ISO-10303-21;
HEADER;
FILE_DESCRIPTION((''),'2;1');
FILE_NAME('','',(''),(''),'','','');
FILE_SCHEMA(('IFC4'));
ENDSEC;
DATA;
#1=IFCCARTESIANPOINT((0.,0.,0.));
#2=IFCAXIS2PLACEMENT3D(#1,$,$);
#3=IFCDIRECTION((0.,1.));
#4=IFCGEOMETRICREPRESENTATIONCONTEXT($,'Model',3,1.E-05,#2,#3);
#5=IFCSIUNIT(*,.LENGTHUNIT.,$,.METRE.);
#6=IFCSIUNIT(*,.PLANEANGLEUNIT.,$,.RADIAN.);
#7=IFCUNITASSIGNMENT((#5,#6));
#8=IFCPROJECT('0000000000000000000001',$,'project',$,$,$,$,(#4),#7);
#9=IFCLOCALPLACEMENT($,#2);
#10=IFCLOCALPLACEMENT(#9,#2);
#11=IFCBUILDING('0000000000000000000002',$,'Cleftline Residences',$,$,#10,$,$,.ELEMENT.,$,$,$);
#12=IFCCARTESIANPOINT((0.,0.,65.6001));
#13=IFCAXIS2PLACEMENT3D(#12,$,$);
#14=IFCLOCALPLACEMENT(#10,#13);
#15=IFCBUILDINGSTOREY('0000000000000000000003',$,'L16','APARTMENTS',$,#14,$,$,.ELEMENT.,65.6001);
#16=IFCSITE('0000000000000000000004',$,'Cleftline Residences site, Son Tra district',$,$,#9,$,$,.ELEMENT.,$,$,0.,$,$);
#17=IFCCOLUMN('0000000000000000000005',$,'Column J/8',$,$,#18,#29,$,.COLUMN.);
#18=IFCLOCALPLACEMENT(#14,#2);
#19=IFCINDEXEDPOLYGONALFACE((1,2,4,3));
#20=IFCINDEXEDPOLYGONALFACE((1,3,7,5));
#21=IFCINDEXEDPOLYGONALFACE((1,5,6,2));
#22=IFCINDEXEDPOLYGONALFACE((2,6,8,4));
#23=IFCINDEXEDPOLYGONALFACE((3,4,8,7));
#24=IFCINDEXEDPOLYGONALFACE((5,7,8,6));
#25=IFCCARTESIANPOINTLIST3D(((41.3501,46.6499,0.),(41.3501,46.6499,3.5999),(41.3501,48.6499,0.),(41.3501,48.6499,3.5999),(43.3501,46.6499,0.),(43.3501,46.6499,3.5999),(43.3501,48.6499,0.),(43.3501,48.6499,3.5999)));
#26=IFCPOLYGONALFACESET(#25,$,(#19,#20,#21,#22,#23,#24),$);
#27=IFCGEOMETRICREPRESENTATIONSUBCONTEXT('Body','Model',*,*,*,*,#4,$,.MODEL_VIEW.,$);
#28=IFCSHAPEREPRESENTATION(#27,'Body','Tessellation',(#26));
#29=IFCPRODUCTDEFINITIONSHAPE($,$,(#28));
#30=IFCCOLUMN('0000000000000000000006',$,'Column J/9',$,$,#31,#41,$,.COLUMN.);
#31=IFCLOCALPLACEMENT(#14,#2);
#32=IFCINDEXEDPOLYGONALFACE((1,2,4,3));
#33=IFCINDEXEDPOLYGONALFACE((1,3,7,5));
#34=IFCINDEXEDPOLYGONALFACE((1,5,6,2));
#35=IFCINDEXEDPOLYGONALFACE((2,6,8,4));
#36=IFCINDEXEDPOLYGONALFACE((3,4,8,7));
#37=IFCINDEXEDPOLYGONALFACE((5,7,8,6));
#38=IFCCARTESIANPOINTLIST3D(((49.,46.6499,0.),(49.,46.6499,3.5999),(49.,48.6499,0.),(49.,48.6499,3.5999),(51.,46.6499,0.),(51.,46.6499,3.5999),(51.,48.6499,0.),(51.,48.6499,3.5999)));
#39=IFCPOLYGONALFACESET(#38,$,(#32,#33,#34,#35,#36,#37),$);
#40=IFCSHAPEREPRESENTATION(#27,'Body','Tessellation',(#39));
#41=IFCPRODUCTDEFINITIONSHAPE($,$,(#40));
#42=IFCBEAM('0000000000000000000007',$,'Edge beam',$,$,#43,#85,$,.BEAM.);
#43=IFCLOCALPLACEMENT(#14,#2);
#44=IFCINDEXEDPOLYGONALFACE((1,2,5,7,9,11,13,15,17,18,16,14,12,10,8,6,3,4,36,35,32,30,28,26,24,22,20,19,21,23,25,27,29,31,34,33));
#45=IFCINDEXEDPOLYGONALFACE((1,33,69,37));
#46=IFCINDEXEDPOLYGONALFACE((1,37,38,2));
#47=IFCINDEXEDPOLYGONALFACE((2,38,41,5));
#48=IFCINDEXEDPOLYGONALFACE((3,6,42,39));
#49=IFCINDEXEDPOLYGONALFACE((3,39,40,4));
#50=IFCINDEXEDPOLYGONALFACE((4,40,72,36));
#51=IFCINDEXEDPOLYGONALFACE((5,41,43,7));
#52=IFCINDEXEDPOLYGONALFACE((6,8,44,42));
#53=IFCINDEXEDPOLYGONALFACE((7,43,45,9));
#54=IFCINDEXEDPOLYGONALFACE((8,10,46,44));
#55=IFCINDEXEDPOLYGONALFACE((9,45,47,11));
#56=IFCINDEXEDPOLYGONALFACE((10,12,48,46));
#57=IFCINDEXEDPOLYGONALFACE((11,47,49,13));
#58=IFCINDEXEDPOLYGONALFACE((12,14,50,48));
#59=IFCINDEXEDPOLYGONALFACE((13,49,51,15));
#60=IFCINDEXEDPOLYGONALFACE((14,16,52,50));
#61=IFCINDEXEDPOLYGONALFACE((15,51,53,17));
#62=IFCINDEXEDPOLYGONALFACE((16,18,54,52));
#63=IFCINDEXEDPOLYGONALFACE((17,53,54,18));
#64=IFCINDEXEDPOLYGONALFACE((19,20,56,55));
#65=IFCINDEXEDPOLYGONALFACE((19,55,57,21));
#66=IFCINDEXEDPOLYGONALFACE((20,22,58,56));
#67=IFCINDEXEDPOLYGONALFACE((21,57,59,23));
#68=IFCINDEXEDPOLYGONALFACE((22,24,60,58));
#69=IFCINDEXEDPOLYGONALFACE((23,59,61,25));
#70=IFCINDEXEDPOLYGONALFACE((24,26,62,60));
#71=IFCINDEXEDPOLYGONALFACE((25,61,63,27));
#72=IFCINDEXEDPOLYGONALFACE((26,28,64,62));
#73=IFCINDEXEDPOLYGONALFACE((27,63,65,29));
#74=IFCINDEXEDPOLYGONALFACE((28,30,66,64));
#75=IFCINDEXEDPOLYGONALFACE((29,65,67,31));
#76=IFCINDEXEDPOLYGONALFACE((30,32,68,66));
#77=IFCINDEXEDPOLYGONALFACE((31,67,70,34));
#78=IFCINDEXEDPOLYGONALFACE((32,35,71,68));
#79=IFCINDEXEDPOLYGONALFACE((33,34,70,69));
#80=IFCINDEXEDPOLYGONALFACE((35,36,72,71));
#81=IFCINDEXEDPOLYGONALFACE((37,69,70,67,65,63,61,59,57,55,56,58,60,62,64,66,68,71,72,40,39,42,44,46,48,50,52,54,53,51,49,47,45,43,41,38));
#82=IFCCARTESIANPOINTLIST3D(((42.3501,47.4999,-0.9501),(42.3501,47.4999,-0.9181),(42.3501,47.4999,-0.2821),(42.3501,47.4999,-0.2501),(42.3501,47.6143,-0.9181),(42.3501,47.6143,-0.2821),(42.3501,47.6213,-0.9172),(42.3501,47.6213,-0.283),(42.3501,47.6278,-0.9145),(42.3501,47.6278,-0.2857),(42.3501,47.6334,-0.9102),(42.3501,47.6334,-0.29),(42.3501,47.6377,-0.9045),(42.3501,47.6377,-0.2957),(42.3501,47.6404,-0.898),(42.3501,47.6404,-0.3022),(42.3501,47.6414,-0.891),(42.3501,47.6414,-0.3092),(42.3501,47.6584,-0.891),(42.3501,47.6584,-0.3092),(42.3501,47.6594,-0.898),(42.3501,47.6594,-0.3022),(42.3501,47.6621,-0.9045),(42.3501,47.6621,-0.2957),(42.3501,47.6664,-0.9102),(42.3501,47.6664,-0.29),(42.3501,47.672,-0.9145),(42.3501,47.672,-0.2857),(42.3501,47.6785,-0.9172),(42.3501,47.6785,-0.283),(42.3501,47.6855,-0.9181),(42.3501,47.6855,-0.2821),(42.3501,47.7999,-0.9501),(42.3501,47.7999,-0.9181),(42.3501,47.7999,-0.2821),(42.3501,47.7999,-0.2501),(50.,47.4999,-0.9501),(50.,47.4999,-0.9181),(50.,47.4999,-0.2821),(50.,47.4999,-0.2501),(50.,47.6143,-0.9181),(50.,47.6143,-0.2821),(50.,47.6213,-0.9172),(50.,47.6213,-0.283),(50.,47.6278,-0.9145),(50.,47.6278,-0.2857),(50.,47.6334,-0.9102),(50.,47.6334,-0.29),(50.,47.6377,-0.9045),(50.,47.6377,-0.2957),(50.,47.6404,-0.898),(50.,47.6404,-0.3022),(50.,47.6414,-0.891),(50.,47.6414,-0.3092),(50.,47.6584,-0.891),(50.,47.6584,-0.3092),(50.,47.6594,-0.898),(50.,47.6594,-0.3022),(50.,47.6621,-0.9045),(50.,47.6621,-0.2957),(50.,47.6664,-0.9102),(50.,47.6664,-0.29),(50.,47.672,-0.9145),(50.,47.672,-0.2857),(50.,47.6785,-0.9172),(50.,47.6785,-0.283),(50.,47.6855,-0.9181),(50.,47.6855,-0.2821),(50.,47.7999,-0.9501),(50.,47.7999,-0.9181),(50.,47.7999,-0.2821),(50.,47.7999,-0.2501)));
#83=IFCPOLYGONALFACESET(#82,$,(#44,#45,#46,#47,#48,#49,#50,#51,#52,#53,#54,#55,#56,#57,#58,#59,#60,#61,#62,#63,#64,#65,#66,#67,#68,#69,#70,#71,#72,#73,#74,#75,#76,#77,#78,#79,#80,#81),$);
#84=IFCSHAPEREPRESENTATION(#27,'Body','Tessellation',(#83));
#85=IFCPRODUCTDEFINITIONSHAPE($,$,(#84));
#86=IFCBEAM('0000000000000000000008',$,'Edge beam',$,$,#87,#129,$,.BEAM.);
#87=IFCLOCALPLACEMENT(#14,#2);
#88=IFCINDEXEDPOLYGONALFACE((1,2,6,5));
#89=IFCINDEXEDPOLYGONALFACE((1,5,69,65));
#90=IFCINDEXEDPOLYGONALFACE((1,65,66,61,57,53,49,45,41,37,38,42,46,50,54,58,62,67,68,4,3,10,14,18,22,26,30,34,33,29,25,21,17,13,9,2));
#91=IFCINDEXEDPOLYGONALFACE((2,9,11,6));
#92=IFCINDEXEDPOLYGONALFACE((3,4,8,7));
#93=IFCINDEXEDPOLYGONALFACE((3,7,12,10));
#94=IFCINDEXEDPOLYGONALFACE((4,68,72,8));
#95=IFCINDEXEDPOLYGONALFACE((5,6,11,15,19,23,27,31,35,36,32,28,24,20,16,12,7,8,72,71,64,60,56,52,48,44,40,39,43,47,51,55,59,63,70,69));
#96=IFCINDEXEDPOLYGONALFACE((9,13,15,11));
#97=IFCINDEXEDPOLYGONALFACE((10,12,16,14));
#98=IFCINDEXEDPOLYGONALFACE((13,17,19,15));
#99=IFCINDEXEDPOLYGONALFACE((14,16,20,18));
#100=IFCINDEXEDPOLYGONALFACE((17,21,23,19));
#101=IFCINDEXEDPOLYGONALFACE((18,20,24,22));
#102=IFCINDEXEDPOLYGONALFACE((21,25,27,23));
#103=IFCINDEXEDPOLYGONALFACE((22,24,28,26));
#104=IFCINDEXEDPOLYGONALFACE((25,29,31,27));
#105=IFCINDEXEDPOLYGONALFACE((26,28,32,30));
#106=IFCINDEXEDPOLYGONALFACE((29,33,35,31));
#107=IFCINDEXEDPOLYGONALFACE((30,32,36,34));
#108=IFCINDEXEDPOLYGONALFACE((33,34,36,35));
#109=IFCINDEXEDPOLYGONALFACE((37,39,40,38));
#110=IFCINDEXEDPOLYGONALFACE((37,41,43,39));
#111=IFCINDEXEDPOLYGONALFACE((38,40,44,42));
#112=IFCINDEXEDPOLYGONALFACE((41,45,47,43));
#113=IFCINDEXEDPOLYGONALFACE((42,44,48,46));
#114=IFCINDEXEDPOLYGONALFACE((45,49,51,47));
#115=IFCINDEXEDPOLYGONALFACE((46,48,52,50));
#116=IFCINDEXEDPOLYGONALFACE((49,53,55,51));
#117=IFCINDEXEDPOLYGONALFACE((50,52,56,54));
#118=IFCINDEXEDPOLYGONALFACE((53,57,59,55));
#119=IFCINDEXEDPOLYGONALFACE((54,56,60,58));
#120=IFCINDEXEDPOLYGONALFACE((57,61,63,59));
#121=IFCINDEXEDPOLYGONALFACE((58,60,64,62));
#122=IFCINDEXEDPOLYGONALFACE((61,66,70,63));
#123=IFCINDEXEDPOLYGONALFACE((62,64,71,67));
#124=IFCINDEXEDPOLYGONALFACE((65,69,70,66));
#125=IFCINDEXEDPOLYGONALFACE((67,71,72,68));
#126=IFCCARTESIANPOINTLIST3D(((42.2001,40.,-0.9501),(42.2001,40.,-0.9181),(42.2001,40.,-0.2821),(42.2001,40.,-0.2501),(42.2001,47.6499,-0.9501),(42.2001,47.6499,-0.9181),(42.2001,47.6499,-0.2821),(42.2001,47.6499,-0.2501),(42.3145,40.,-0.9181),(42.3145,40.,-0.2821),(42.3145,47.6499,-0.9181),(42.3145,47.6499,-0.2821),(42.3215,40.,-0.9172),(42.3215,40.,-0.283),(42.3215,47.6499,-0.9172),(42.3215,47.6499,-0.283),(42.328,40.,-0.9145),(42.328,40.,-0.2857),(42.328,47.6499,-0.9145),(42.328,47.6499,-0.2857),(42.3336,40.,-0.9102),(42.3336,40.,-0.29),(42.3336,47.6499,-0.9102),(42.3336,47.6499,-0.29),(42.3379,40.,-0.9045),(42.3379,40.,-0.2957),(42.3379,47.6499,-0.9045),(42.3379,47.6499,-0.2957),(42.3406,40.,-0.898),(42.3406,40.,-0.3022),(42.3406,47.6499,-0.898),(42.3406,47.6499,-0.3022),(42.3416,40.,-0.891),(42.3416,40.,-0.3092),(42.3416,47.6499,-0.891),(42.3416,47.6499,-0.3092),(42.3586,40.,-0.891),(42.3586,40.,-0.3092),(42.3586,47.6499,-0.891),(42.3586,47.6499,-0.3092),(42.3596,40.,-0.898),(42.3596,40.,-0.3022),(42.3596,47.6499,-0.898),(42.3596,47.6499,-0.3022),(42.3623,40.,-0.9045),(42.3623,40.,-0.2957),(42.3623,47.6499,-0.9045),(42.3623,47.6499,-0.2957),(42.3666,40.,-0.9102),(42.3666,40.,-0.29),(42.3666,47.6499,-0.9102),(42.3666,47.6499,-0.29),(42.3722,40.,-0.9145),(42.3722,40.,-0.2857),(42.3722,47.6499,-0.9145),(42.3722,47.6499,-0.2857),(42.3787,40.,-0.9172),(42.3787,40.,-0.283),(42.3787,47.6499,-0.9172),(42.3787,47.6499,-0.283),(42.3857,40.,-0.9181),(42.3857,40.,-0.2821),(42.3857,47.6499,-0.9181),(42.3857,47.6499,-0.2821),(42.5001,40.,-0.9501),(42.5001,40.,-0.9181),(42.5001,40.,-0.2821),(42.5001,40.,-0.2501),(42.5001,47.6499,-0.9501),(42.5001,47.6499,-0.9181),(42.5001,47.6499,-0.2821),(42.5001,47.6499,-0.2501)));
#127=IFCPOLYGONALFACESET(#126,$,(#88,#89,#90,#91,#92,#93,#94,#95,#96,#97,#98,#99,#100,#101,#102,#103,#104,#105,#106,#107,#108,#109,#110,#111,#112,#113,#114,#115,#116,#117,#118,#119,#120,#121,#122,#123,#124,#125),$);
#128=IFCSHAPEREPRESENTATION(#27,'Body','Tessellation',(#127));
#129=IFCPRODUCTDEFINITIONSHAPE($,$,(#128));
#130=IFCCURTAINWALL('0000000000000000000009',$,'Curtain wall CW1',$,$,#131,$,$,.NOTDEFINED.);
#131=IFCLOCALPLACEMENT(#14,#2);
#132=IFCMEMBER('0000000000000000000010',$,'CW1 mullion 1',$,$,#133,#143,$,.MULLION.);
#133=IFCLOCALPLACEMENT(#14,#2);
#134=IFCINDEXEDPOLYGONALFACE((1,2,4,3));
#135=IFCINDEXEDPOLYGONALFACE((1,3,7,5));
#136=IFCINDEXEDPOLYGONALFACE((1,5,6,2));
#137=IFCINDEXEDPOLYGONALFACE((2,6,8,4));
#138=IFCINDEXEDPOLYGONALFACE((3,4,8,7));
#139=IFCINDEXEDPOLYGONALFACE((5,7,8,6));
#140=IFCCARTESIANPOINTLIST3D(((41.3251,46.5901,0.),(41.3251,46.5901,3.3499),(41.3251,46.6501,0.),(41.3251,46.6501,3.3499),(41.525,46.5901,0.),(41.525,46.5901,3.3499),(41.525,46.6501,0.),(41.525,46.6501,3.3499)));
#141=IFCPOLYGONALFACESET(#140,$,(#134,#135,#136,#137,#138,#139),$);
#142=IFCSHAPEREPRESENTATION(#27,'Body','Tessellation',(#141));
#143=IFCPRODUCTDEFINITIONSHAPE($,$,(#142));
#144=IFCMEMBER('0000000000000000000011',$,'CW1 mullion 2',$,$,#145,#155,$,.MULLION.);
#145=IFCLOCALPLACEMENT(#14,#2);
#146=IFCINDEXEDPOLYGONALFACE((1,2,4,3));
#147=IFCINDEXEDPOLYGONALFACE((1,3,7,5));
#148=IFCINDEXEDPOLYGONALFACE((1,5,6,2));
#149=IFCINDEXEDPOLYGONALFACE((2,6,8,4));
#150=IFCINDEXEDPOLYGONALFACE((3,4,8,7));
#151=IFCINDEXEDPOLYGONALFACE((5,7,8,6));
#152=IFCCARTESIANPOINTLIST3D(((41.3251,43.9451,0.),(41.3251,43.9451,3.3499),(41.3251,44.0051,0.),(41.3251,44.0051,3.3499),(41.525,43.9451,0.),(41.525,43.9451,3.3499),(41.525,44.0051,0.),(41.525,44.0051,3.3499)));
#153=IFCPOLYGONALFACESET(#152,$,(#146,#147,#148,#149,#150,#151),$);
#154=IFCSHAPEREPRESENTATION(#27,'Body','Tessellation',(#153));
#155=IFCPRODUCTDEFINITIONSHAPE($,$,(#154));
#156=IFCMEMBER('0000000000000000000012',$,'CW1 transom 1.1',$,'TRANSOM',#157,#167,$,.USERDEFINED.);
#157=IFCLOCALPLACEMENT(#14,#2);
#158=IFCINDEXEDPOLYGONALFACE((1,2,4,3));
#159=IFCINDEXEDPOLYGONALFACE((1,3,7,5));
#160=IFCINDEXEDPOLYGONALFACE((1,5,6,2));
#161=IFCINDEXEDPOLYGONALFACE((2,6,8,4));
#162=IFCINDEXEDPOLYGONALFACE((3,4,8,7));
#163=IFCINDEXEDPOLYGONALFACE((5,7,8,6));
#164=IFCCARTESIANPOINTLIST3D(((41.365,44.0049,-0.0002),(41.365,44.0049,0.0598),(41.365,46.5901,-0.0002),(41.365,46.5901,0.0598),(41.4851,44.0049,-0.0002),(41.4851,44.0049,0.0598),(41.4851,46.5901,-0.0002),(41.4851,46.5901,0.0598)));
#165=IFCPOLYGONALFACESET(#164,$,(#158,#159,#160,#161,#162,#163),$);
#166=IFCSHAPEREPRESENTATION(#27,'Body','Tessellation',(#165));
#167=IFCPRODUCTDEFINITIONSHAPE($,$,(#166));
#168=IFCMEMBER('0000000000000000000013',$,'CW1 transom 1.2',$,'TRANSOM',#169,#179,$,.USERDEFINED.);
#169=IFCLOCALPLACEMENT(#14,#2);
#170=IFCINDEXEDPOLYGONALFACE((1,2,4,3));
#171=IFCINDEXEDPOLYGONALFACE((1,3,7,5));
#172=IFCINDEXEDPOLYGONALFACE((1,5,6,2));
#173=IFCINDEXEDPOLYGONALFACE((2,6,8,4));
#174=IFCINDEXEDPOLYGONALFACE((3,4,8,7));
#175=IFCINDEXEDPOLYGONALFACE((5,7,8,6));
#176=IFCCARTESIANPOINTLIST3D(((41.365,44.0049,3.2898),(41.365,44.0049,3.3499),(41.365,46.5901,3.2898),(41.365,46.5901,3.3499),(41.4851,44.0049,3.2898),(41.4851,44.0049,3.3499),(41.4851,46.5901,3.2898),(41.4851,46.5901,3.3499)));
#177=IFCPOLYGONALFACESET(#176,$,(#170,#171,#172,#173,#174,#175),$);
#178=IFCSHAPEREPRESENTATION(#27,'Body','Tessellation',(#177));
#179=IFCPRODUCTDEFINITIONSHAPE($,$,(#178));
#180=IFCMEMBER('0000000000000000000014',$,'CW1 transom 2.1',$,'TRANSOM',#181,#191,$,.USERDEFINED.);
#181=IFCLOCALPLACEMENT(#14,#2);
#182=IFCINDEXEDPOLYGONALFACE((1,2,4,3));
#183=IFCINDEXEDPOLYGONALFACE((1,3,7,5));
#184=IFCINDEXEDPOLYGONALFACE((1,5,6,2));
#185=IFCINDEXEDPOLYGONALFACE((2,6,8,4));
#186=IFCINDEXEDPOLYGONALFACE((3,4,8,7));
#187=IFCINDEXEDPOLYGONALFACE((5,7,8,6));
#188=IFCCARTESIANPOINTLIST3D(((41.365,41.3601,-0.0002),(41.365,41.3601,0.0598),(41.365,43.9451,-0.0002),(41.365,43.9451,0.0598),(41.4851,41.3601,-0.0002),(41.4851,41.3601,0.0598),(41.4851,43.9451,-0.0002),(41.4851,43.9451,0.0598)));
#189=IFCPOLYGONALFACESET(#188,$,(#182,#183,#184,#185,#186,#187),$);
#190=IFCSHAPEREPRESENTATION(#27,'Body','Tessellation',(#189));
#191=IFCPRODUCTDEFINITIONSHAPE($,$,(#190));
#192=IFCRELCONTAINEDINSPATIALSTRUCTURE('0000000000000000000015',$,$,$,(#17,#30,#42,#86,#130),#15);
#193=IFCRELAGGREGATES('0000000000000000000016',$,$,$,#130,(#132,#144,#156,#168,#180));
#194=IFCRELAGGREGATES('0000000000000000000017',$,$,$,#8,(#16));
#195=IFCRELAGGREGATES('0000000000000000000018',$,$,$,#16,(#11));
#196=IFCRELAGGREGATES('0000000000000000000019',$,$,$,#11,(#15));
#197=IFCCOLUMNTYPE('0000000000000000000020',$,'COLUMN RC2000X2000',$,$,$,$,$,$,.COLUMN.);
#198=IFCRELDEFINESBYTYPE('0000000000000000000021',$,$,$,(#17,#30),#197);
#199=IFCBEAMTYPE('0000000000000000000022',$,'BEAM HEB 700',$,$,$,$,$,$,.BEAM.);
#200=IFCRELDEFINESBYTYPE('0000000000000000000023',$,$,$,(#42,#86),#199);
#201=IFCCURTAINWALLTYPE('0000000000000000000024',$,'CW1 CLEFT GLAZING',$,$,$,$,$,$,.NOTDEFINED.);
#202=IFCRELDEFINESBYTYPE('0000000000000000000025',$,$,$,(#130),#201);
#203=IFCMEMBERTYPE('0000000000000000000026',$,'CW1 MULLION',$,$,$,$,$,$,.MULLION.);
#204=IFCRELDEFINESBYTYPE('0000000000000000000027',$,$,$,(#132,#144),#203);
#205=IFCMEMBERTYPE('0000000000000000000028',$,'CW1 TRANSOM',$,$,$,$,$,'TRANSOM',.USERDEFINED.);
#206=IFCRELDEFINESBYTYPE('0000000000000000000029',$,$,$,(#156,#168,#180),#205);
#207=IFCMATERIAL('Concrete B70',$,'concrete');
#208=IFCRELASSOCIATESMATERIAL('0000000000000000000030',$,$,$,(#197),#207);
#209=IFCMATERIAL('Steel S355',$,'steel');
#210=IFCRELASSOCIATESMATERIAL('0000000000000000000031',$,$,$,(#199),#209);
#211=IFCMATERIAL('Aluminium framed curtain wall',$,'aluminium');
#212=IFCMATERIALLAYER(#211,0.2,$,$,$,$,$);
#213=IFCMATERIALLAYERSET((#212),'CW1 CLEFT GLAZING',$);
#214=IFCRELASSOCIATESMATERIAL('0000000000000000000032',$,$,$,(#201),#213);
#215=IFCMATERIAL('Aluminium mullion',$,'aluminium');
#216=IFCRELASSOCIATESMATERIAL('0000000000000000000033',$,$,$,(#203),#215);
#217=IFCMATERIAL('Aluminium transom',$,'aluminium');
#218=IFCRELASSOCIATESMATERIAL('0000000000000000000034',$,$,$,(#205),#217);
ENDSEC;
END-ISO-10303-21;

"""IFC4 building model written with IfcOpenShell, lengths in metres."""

from ifc_helpers import new_model, si_unit, direction, frame, origin, origin_2d, place, context, subcontext, project, spatial, rectangle, i_section, extrude, material, layer, layer_set, material_profile, profile_set, type_object, element, aggregate, save


model = new_model("IFC4")

# Units and contexts
model_context = context("Model", 3, precision=1e-05, world=origin(), true_north=direction((0.0, 1.0)))
body_context = subcontext(model_context, "Body", "Model", "MODEL_VIEW")
ifc_project = project(units=[si_unit("LENGTHUNIT", "METRE"), si_unit("PLANEANGLEUNIT", "RADIAN")], contexts=[model_context])

# Site, building, storey
site_placement = place(None, origin())
site = spatial("IfcSite", under=ifc_project, at=site_placement, Name="Cleftline Residences site, Son Tra district", CompositionType="ELEMENT", RefElevation=0.0)
building_placement = place(site_placement, origin())
building = spatial("IfcBuilding", under=site, at=building_placement, Name="Cleftline Residences", CompositionType="ELEMENT")
storey_placement = place(building_placement, frame((0.0, 0.0, 65.6001)))
storey = spatial("IfcBuildingStorey", under=building, at=storey_placement, Name="L16", Description="APARTMENTS", CompositionType="ELEMENT", Elevation=65.6001)

# Columns
ifc_material_1 = material(Name="Concrete B70", Category="concrete")
ifc_material_profile_1 = material_profile(ifc_material_1, rectangle(XDim=2.0, YDim=2.0, at=origin_2d()))
ifc_profile_set_1 = profile_set([ifc_material_profile_1], Name="Concrete B70")
column_type = type_object("IfcColumnType", Name="COLUMN RC2000X2000", PredefinedType="COLUMN", material=ifc_profile_set_1)
for number, where, z_axis, x_axis, name in (
    (1, (42.3501, 47.6499, 0.0), (0.0, 0.0, 1.0), (1.0, 0.0, 0.0), "Column J/8"),
    (2, (50.0, 47.6499, 0.0), (0.0, 0.0, 1.0), (1.0, 0.0, 0.0), "Column J/9"),
):
    element("IfcColumn", number, at=place(storey_placement, frame(where, z_axis=z_axis, x_axis=x_axis)), inside=storey, type_object=column_type, Name=name, PredefinedType="COLUMN", context=body_context, shape_type="SweptSolid", body=[
        extrude(rectangle(XDim=2.0, YDim=2.0, at=origin_2d()), origin(), (0.0, 0.0, 1.0), 3.5999),
    ])

# Beams
ifc_material_2 = material(Name="Steel S355", Category="steel")
ifc_material_profile_2 = material_profile(ifc_material_2, i_section(OverallWidth=0.3, OverallDepth=0.7, WebThickness=0.0171, FlangeThickness=0.032, FilletRadius=0.0271, at=origin_2d()))
ifc_profile_set_2 = profile_set([ifc_material_profile_2], Name="Steel S355")
beam_type = type_object("IfcBeamType", Name="BEAM HEB 700", PredefinedType="BEAM", material=ifc_profile_set_2)
for number, where, z_axis, x_axis, name in (
    (3, (50.0, 47.6499, -0.6001), (-1.0, 0.0, 0.0), (0.0, -1.0, 0.0), "Edge beam"),
    (4, (42.3501, 47.6499, -0.6001), (0.0, -1.0, 0.0), (1.0, 0.0, 0.0), "Edge beam"),
):
    element("IfcBeam", number, at=place(storey_placement, frame(where, z_axis=z_axis, x_axis=x_axis)), inside=storey, type_object=beam_type, Name=name, PredefinedType="BEAM", context=body_context, shape_type="SweptSolid", body=[
        extrude(i_section(OverallWidth=0.3, OverallDepth=0.7, WebThickness=0.0171, FlangeThickness=0.032, FilletRadius=0.0271, at=origin_2d()), origin(), (0.0, 0.0, 1.0), 7.6499),
    ])

# Curtain wall, members
ifc_material_3 = material(Name="Aluminium framed curtain wall", Category="aluminium")
ifc_layer_1 = layer(ifc_material_3, 0.2)
ifc_layer_set_1 = layer_set([ifc_layer_1], Name="CW1 CLEFT GLAZING")
curtain_wall_type = type_object("IfcCurtainWallType", Name="CW1 CLEFT GLAZING", PredefinedType="NOTDEFINED", material=ifc_layer_set_1)
curtain_wall_placement = place(storey_placement, origin())
curtain_wall = element("IfcCurtainWall", 5, at=curtain_wall_placement, inside=storey, type_object=curtain_wall_type, Name="Curtain wall CW1", PredefinedType="NOTDEFINED")
ifc_material_4 = material(Name="Aluminium mullion", Category="aluminium")
ifc_material_profile_3 = material_profile(ifc_material_4, rectangle(XDim=0.2, YDim=0.0601, at=origin_2d()))
ifc_profile_set_3 = profile_set([ifc_material_profile_3], Name="Aluminium mullion")
member_type_1 = type_object("IfcMemberType", Name="CW1 MULLION", PredefinedType="MULLION", material=ifc_profile_set_3)
member_1_placement = place(storey_placement, frame((41.425, 46.6201, 0.0), z_axis=(0.0, 0.0, 1.0), x_axis=(1.0, 0.0, 0.0)))
member_1 = element("IfcMember", 6, at=member_1_placement, type_object=member_type_1, Name="CW1 mullion 1", PredefinedType="MULLION", context=body_context, shape_type="SweptSolid", body=[
    extrude(rectangle(XDim=0.2, YDim=0.0601, at=origin_2d()), origin(), (0.0, 0.0, 1.0), 3.3499),
])
member_2_placement = place(storey_placement, frame((41.425, 43.9751, 0.0), z_axis=(0.0, 0.0, 1.0), x_axis=(1.0, 0.0, 0.0)))
member_2 = element("IfcMember", 7, at=member_2_placement, type_object=member_type_1, Name="CW1 mullion 2", PredefinedType="MULLION", context=body_context, shape_type="SweptSolid", body=[
    extrude(rectangle(XDim=0.2, YDim=0.0601, at=origin_2d()), origin(), (0.0, 0.0, 1.0), 3.3499),
])
ifc_material_5 = material(Name="Aluminium transom", Category="aluminium")
ifc_material_profile_4 = material_profile(ifc_material_5, rectangle(XDim=0.1201, YDim=0.0601, at=origin_2d()))
ifc_profile_set_4 = profile_set([ifc_material_profile_4], Name="Aluminium transom")
member_type_2 = type_object("IfcMemberType", Name="CW1 TRANSOM", ElementType="TRANSOM", PredefinedType="USERDEFINED", material=ifc_profile_set_4)
member_3_placement = place(storey_placement, frame((41.425, 46.5901, 0.0298), z_axis=(0.0, -1.0, 0.0), x_axis=(1.0, 0.0, 0.0)))
member_3 = element("IfcMember", 8, at=member_3_placement, type_object=member_type_2, Name="CW1 transom 1.1", ObjectType="TRANSOM", PredefinedType="USERDEFINED", context=body_context, shape_type="SweptSolid", body=[
    extrude(rectangle(XDim=0.1201, YDim=0.0601, at=origin_2d()), origin(), (0.0, 0.0, 1.0), 2.5852),
])
member_4_placement = place(storey_placement, frame((41.425, 46.5901, 3.3198), z_axis=(0.0, -1.0, 0.0), x_axis=(1.0, 0.0, 0.0)))
member_4 = element("IfcMember", 9, at=member_4_placement, type_object=member_type_2, Name="CW1 transom 1.2", ObjectType="TRANSOM", PredefinedType="USERDEFINED", context=body_context, shape_type="SweptSolid", body=[
    extrude(rectangle(XDim=0.1201, YDim=0.0601, at=origin_2d()), origin(), (0.0, 0.0, 1.0), 2.5852),
])
member_5_placement = place(storey_placement, frame((41.425, 43.9451, 0.0298), z_axis=(0.0, -1.0, 0.0), x_axis=(1.0, 0.0, 0.0)))
member_5 = element("IfcMember", 10, at=member_5_placement, type_object=member_type_2, Name="CW1 transom 2.1", ObjectType="TRANSOM", PredefinedType="USERDEFINED", context=body_context, shape_type="SweptSolid", body=[
    extrude(rectangle(XDim=0.1201, YDim=0.0601, at=origin_2d()), origin(), (0.0, 0.0, 1.0), 2.585),
])
aggregate(curtain_wall, [member_1, member_2, member_3, member_4, member_5])

save(model, "model.ifc")
